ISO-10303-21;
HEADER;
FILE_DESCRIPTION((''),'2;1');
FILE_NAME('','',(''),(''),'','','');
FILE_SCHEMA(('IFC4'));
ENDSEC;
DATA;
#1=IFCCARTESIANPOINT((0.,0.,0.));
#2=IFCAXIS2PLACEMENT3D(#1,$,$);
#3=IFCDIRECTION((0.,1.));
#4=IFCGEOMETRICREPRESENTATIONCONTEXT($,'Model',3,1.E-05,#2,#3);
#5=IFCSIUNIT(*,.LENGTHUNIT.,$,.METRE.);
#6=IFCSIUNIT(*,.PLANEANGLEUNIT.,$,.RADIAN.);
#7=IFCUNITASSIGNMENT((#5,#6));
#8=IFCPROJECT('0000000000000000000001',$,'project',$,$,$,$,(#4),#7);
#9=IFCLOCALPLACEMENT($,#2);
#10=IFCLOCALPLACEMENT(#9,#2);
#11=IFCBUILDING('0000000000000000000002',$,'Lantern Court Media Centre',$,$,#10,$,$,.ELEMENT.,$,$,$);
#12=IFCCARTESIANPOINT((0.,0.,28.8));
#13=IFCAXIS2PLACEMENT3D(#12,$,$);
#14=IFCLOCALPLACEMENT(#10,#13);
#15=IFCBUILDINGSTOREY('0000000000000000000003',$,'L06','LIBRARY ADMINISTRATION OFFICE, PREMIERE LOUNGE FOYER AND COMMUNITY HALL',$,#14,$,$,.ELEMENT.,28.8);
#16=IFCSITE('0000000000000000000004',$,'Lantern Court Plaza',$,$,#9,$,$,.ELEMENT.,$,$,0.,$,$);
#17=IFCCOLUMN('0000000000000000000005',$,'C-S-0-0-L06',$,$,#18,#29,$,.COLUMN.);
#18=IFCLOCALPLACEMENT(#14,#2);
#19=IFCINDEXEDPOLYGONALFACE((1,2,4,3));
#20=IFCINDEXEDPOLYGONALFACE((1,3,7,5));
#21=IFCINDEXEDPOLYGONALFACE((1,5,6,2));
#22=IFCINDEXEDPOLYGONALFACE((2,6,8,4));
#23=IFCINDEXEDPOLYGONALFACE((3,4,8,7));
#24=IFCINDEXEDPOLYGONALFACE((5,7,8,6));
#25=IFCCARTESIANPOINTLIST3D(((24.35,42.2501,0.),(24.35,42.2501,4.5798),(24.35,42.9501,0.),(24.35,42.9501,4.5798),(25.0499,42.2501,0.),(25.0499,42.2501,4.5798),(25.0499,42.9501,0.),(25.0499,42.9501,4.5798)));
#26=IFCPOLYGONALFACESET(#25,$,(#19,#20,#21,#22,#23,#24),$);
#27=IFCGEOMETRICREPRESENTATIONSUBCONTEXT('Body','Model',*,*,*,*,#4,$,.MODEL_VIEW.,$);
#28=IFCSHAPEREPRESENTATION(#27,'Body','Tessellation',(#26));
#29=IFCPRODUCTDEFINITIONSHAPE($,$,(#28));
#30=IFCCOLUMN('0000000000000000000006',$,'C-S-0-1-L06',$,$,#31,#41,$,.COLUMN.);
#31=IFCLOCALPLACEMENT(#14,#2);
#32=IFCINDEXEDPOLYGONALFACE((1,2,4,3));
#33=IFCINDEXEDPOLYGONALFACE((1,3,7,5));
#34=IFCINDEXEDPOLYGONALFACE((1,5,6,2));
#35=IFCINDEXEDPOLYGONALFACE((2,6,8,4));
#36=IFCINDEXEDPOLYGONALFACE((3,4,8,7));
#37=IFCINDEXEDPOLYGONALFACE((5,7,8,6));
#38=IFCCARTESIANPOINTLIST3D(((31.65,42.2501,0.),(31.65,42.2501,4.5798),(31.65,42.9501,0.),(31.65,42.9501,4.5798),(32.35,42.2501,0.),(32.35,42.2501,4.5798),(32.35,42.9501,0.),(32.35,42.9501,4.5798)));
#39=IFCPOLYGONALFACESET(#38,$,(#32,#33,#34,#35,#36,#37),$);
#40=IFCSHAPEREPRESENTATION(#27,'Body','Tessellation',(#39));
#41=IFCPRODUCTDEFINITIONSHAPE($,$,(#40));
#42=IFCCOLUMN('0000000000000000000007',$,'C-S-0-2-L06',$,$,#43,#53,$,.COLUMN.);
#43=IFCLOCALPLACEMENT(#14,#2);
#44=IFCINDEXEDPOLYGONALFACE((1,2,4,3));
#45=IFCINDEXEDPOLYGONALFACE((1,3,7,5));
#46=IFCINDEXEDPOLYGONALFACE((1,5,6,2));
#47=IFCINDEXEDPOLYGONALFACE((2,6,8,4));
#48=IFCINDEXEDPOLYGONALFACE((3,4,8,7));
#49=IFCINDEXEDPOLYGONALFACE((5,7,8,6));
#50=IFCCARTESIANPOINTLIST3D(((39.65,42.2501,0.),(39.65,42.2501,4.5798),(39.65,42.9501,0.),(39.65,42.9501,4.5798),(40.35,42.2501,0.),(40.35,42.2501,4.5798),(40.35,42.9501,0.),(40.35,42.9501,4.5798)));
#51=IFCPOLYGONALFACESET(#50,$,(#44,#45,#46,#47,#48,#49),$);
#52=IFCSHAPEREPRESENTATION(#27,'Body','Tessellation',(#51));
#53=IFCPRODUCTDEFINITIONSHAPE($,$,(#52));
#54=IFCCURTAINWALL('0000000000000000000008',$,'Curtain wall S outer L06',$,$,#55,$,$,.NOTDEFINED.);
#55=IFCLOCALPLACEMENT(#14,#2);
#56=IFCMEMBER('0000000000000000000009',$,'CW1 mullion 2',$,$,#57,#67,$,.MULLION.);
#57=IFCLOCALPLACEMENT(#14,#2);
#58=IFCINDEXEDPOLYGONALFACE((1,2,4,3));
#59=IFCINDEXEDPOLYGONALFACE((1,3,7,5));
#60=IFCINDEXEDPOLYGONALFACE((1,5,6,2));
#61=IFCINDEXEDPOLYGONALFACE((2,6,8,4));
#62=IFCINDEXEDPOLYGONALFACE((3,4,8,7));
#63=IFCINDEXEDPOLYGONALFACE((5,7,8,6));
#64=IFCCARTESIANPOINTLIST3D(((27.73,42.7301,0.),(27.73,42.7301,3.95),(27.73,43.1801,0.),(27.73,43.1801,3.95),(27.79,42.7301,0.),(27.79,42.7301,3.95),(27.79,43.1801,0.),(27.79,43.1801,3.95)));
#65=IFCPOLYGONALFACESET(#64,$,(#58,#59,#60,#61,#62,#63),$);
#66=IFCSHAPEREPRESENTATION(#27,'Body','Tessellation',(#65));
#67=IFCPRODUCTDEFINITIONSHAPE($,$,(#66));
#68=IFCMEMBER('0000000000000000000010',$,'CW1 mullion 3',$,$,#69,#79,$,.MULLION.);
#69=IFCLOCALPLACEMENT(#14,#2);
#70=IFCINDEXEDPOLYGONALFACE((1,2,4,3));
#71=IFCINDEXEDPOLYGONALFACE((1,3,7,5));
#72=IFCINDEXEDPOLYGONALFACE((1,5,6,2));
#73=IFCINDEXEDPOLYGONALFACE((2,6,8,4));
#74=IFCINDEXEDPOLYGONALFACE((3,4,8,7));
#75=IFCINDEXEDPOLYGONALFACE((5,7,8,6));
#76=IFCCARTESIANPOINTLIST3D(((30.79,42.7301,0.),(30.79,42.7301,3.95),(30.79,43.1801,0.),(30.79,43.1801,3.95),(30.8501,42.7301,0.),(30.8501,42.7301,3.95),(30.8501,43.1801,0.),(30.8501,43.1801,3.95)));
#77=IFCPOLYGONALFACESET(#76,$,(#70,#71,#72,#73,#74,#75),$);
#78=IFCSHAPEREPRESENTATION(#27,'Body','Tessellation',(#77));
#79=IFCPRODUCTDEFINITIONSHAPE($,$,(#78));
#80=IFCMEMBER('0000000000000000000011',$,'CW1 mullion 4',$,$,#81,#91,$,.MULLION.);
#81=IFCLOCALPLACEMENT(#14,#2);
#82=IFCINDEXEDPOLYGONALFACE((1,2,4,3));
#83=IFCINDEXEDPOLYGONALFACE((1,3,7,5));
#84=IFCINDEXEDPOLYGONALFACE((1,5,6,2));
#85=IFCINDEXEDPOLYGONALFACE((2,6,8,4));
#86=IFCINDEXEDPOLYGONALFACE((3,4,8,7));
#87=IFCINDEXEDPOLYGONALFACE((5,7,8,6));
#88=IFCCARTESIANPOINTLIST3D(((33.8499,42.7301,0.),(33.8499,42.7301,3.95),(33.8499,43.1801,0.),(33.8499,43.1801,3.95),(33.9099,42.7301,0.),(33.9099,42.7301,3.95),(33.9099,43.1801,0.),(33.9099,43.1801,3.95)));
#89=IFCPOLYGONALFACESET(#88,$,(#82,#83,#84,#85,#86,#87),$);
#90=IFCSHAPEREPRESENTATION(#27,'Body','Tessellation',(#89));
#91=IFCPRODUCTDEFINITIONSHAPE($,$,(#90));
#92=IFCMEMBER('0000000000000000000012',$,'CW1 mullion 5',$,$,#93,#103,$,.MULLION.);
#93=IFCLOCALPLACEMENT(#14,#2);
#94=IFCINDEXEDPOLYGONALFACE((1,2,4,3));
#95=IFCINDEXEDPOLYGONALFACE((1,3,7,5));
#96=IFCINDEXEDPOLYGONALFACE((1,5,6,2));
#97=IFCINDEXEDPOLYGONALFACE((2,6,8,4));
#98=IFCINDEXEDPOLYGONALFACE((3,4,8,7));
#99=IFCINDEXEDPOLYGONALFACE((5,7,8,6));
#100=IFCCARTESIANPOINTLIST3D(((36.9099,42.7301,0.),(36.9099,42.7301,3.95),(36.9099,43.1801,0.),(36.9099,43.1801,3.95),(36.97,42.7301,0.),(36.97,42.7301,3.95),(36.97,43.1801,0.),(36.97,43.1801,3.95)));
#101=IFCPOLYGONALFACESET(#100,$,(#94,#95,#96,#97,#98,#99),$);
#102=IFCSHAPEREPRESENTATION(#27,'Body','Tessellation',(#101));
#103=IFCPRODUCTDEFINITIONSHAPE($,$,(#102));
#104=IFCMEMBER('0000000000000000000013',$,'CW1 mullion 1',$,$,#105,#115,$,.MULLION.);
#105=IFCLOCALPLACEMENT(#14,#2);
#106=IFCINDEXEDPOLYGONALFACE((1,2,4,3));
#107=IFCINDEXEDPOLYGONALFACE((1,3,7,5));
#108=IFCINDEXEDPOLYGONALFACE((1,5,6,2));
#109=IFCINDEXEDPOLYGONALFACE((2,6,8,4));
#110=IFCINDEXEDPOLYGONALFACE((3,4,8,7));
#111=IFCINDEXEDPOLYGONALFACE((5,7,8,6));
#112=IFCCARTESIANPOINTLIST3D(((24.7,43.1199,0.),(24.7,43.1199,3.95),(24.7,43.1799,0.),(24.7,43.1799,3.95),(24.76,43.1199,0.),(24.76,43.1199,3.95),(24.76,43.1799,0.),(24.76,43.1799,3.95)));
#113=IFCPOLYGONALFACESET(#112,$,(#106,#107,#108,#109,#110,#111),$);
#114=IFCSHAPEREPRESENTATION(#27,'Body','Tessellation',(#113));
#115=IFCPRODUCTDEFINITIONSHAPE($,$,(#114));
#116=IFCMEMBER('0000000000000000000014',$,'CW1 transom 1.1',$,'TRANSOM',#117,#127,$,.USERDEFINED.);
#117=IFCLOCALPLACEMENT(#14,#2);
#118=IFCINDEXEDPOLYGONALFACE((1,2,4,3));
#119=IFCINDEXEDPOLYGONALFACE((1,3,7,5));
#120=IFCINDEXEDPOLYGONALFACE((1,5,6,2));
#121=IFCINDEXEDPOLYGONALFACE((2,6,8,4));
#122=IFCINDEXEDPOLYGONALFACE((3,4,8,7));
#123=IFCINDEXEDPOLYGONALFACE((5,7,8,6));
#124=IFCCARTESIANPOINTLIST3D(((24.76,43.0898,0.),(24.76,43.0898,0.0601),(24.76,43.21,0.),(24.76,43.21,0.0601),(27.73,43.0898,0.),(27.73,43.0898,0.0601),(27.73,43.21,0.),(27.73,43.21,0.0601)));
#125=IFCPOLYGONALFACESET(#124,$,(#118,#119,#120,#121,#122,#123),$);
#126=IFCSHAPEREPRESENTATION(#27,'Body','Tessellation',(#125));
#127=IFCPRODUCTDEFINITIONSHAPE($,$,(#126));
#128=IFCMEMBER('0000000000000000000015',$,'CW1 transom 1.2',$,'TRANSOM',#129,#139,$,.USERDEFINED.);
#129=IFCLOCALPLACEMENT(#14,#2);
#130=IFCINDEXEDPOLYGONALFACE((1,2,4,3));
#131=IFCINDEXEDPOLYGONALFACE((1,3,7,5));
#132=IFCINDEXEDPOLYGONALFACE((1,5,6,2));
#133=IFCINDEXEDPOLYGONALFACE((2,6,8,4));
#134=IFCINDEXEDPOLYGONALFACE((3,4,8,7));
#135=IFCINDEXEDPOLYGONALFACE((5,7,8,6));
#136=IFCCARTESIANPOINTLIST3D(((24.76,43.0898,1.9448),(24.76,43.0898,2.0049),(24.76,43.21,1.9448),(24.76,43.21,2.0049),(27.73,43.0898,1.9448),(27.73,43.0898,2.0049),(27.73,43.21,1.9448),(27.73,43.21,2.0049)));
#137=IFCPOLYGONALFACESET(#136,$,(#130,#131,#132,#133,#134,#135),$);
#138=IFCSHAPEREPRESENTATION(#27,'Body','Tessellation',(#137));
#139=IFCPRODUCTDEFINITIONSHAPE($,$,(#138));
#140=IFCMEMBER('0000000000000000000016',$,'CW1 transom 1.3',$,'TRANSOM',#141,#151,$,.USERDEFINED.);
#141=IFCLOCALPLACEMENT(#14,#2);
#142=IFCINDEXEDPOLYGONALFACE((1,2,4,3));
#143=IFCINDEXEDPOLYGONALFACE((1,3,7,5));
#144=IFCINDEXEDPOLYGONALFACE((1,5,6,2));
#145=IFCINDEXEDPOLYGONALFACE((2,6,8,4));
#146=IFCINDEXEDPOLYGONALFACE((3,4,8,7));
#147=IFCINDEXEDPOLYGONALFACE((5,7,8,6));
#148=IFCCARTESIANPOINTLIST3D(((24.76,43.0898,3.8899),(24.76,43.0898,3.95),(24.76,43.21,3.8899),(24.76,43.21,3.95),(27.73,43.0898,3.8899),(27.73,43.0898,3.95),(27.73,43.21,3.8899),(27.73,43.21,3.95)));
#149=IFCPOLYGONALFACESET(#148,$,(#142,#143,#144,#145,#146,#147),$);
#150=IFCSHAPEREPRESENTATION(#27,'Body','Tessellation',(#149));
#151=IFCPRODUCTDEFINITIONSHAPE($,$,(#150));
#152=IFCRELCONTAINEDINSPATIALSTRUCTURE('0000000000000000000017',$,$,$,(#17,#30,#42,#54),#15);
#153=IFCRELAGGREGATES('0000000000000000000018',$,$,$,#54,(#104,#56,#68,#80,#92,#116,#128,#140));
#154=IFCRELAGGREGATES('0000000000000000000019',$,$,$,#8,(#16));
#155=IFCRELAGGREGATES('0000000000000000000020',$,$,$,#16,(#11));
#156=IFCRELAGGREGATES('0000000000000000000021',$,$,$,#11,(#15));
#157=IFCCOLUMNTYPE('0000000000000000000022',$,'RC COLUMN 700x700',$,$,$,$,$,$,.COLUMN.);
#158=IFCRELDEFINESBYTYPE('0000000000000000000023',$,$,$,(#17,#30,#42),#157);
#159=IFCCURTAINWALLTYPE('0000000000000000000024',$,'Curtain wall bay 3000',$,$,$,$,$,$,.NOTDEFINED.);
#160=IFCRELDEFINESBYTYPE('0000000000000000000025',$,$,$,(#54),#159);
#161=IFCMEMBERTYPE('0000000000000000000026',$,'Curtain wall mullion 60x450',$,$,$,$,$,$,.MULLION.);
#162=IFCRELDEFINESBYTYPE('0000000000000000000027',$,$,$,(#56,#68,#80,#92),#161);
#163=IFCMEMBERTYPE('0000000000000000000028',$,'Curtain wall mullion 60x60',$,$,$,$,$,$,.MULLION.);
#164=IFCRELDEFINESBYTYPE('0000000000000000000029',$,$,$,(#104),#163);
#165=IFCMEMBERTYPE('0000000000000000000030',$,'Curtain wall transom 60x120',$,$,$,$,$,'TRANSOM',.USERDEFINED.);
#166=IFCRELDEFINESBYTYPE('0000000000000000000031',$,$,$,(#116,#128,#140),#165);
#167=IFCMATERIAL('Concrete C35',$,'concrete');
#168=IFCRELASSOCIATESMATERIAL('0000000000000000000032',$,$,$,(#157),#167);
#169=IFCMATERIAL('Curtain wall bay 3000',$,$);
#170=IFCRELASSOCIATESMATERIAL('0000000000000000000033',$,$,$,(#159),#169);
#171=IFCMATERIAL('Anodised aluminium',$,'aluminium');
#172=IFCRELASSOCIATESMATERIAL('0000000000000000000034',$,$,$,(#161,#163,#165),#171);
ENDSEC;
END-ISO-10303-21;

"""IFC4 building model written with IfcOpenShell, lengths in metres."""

from ifc_helpers import new_model, si_unit, direction, frame, origin, origin_2d, place, context, subcontext, project, spatial, rectangle, extrude, material, material_profile, profile_set, type_object, element, aggregate, save


model = new_model("IFC4")

# Units and contexts
model_context = context("Model", 3, precision=1e-05, world=origin(), true_north=direction((0.0, 1.0)))
body_context = subcontext(model_context, "Body", "Model", "MODEL_VIEW")
ifc_project = project(units=[si_unit("LENGTHUNIT", "METRE"), si_unit("PLANEANGLEUNIT", "RADIAN")], contexts=[model_context])

# Site, building, storey
site_placement = place(None, origin())
site = spatial("IfcSite", under=ifc_project, at=site_placement, Name="Lantern Court Plaza", CompositionType="ELEMENT", RefElevation=0.0)
building_placement = place(site_placement, origin())
building = spatial("IfcBuilding", under=site, at=building_placement, Name="Lantern Court Media Centre", CompositionType="ELEMENT")
storey_placement = place(building_placement, frame((0.0, 0.0, 28.8)))
storey = spatial("IfcBuildingStorey", under=building, at=storey_placement, Name="L06", Description="LIBRARY ADMINISTRATION OFFICE, PREMIERE LOUNGE FOYER AND COMMUNITY HALL", CompositionType="ELEMENT", Elevation=28.8)

# Columns
ifc_material_1 = material(Name="Concrete C35", Category="concrete")
ifc_material_profile_1 = material_profile(ifc_material_1, rectangle(XDim=0.7, YDim=0.7, at=origin_2d()), Name="RC 700x700")
ifc_profile_set_1 = profile_set([ifc_material_profile_1], Name="Concrete C35")
column_type = type_object("IfcColumnType", Name="RC COLUMN 700x700", PredefinedType="COLUMN", material=ifc_profile_set_1)
for number, where, z_axis, x_axis, name in (
    (1, (24.7, 42.6001, 0.0), (0.0, 0.0, 1.0), (1.0, 0.0, 0.0), "C-S-0-0-L06"),
    (2, (32.0, 42.6001, 0.0), (0.0, 0.0, 1.0), (1.0, 0.0, 0.0), "C-S-0-1-L06"),
    (3, (40.0, 42.6001, 0.0), (0.0, 0.0, 1.0), (1.0, 0.0, 0.0), "C-S-0-2-L06"),
):
    element("IfcColumn", number, at=place(storey_placement, frame(where, z_axis=z_axis, x_axis=x_axis)), inside=storey, type_object=column_type, Name=name, PredefinedType="COLUMN", context=body_context, shape_type="SweptSolid", body=[
        extrude(rectangle(XDim=0.7, YDim=0.7, at=origin_2d()), origin(), (0.0, 0.0, 1.0), 4.5798),
    ])

# Curtain wall, members
ifc_material_2 = material(Name="Curtain wall bay 3000")
curtain_wall_type = type_object("IfcCurtainWallType", Name="Curtain wall bay 3000", PredefinedType="NOTDEFINED", material=ifc_material_2)
curtain_wall_placement = place(storey_placement, origin())
curtain_wall = element("IfcCurtainWall", 4, at=curtain_wall_placement, inside=storey, type_object=curtain_wall_type, Name="Curtain wall S outer L06", PredefinedType="NOTDEFINED")
ifc_material_3 = material(Name="Anodised aluminium", Category="aluminium")
ifc_material_profile_2 = material_profile(ifc_material_3, rectangle(XDim=0.45, YDim=0.0601, at=origin_2d()), Name="AL 60x450")
ifc_profile_set_2 = profile_set([ifc_material_profile_2], Name="Anodised aluminium")
member_type_1 = type_object("IfcMemberType", Name="Curtain wall mullion 60x450", PredefinedType="MULLION", material=ifc_profile_set_2)
member_1_placement = place(storey_placement, frame((27.76, 42.9551, 0.0), z_axis=(0.0, 0.0, 1.0), x_axis=(0.0, 1.0, 0.0)))
member_1 = element("IfcMember", 5, at=member_1_placement, type_object=member_type_1, Name="CW1 mullion 2", PredefinedType="MULLION", context=body_context, shape_type="SweptSolid", body=[
    extrude(rectangle(XDim=0.45, YDim=0.0601, at=origin_2d()), origin(), (0.0, 0.0, 1.0), 3.95),
])
member_2_placement = place(storey_placement, frame((30.8201, 42.9551, 0.0), z_axis=(0.0, 0.0, 1.0), x_axis=(0.0, 1.0, 0.0)))
member_2 = element("IfcMember", 6, at=member_2_placement, type_object=member_type_1, Name="CW1 mullion 3", PredefinedType="MULLION", context=body_context, shape_type="SweptSolid", body=[
    extrude(rectangle(XDim=0.45, YDim=0.0601, at=origin_2d()), origin(), (0.0, 0.0, 1.0), 3.95),
])
member_3_placement = place(storey_placement, frame((33.8799, 42.9551, 0.0), z_axis=(0.0, 0.0, 1.0), x_axis=(0.0, 1.0, 0.0)))
member_3 = element("IfcMember", 7, at=member_3_placement, type_object=member_type_1, Name="CW1 mullion 4", PredefinedType="MULLION", context=body_context, shape_type="SweptSolid", body=[
    extrude(rectangle(XDim=0.45, YDim=0.0601, at=origin_2d()), origin(), (0.0, 0.0, 1.0), 3.95),
])
member_4_placement = place(storey_placement, frame((36.9399, 42.9551, 0.0), z_axis=(0.0, 0.0, 1.0), x_axis=(0.0, 1.0, 0.0)))
member_4 = element("IfcMember", 8, at=member_4_placement, type_object=member_type_1, Name="CW1 mullion 5", PredefinedType="MULLION", context=body_context, shape_type="SweptSolid", body=[
    extrude(rectangle(XDim=0.45, YDim=0.0601, at=origin_2d()), origin(), (0.0, 0.0, 1.0), 3.95),
])
ifc_material_profile_3 = material_profile(ifc_material_3, rectangle(XDim=0.0601, YDim=0.0601, at=origin_2d()), Name="AL 60x60")
ifc_profile_set_3 = profile_set([ifc_material_profile_3], Name="Anodised aluminium")
member_type_2 = type_object("IfcMemberType", Name="Curtain wall mullion 60x60", PredefinedType="MULLION", material=ifc_profile_set_3)
member_5_placement = place(storey_placement, frame((24.73, 43.1499, 0.0), z_axis=(0.0, 0.0, 1.0), x_axis=(0.0, 1.0, 0.0)))
member_5 = element("IfcMember", 9, at=member_5_placement, type_object=member_type_2, Name="CW1 mullion 1", PredefinedType="MULLION", context=body_context, shape_type="SweptSolid", body=[
    extrude(rectangle(XDim=0.0601, YDim=0.0601, at=origin_2d()), origin(), (0.0, 0.0, 1.0), 3.95),
])
ifc_material_profile_4 = material_profile(ifc_material_3, rectangle(XDim=0.1201, YDim=0.0601, at=origin_2d()), Name="AL 60x120")
ifc_profile_set_4 = profile_set([ifc_material_profile_4], Name="Anodised aluminium")
member_type_3 = type_object("IfcMemberType", Name="Curtain wall transom 60x120", ElementType="TRANSOM", PredefinedType="USERDEFINED", material=ifc_profile_set_4)
member_6_placement = place(storey_placement, frame((24.76, 43.1499, 0.03), z_axis=(1.0, 0.0, 0.0), x_axis=(0.0, 1.0, 0.0)))
member_6 = element("IfcMember", 10, at=member_6_placement, type_object=member_type_3, Name="CW1 transom 1.1", ObjectType="TRANSOM", PredefinedType="USERDEFINED", context=body_context, shape_type="SweptSolid", body=[
    extrude(rectangle(XDim=0.1201, YDim=0.0601, at=origin_2d()), origin(), (0.0, 0.0, 1.0), 2.97),
])
member_7_placement = place(storey_placement, frame((24.76, 43.1499, 1.9749), z_axis=(1.0, 0.0, 0.0), x_axis=(0.0, 1.0, 0.0)))
member_7 = element("IfcMember", 11, at=member_7_placement, type_object=member_type_3, Name="CW1 transom 1.2", ObjectType="TRANSOM", PredefinedType="USERDEFINED", context=body_context, shape_type="SweptSolid", body=[
    extrude(rectangle(XDim=0.1201, YDim=0.0601, at=origin_2d()), origin(), (0.0, 0.0, 1.0), 2.97),
])
member_8_placement = place(storey_placement, frame((24.76, 43.1499, 3.9199), z_axis=(1.0, 0.0, 0.0), x_axis=(0.0, 1.0, 0.0)))
member_8 = element("IfcMember", 12, at=member_8_placement, type_object=member_type_3, Name="CW1 transom 1.3", ObjectType="TRANSOM", PredefinedType="USERDEFINED", context=body_context, shape_type="SweptSolid", body=[
    extrude(rectangle(XDim=0.1201, YDim=0.0601, at=origin_2d()), origin(), (0.0, 0.0, 1.0), 2.97),
])
aggregate(curtain_wall, [member_5, member_1, member_2, member_3, member_4, member_6, member_7, member_8])

save(model, "model.ifc")
